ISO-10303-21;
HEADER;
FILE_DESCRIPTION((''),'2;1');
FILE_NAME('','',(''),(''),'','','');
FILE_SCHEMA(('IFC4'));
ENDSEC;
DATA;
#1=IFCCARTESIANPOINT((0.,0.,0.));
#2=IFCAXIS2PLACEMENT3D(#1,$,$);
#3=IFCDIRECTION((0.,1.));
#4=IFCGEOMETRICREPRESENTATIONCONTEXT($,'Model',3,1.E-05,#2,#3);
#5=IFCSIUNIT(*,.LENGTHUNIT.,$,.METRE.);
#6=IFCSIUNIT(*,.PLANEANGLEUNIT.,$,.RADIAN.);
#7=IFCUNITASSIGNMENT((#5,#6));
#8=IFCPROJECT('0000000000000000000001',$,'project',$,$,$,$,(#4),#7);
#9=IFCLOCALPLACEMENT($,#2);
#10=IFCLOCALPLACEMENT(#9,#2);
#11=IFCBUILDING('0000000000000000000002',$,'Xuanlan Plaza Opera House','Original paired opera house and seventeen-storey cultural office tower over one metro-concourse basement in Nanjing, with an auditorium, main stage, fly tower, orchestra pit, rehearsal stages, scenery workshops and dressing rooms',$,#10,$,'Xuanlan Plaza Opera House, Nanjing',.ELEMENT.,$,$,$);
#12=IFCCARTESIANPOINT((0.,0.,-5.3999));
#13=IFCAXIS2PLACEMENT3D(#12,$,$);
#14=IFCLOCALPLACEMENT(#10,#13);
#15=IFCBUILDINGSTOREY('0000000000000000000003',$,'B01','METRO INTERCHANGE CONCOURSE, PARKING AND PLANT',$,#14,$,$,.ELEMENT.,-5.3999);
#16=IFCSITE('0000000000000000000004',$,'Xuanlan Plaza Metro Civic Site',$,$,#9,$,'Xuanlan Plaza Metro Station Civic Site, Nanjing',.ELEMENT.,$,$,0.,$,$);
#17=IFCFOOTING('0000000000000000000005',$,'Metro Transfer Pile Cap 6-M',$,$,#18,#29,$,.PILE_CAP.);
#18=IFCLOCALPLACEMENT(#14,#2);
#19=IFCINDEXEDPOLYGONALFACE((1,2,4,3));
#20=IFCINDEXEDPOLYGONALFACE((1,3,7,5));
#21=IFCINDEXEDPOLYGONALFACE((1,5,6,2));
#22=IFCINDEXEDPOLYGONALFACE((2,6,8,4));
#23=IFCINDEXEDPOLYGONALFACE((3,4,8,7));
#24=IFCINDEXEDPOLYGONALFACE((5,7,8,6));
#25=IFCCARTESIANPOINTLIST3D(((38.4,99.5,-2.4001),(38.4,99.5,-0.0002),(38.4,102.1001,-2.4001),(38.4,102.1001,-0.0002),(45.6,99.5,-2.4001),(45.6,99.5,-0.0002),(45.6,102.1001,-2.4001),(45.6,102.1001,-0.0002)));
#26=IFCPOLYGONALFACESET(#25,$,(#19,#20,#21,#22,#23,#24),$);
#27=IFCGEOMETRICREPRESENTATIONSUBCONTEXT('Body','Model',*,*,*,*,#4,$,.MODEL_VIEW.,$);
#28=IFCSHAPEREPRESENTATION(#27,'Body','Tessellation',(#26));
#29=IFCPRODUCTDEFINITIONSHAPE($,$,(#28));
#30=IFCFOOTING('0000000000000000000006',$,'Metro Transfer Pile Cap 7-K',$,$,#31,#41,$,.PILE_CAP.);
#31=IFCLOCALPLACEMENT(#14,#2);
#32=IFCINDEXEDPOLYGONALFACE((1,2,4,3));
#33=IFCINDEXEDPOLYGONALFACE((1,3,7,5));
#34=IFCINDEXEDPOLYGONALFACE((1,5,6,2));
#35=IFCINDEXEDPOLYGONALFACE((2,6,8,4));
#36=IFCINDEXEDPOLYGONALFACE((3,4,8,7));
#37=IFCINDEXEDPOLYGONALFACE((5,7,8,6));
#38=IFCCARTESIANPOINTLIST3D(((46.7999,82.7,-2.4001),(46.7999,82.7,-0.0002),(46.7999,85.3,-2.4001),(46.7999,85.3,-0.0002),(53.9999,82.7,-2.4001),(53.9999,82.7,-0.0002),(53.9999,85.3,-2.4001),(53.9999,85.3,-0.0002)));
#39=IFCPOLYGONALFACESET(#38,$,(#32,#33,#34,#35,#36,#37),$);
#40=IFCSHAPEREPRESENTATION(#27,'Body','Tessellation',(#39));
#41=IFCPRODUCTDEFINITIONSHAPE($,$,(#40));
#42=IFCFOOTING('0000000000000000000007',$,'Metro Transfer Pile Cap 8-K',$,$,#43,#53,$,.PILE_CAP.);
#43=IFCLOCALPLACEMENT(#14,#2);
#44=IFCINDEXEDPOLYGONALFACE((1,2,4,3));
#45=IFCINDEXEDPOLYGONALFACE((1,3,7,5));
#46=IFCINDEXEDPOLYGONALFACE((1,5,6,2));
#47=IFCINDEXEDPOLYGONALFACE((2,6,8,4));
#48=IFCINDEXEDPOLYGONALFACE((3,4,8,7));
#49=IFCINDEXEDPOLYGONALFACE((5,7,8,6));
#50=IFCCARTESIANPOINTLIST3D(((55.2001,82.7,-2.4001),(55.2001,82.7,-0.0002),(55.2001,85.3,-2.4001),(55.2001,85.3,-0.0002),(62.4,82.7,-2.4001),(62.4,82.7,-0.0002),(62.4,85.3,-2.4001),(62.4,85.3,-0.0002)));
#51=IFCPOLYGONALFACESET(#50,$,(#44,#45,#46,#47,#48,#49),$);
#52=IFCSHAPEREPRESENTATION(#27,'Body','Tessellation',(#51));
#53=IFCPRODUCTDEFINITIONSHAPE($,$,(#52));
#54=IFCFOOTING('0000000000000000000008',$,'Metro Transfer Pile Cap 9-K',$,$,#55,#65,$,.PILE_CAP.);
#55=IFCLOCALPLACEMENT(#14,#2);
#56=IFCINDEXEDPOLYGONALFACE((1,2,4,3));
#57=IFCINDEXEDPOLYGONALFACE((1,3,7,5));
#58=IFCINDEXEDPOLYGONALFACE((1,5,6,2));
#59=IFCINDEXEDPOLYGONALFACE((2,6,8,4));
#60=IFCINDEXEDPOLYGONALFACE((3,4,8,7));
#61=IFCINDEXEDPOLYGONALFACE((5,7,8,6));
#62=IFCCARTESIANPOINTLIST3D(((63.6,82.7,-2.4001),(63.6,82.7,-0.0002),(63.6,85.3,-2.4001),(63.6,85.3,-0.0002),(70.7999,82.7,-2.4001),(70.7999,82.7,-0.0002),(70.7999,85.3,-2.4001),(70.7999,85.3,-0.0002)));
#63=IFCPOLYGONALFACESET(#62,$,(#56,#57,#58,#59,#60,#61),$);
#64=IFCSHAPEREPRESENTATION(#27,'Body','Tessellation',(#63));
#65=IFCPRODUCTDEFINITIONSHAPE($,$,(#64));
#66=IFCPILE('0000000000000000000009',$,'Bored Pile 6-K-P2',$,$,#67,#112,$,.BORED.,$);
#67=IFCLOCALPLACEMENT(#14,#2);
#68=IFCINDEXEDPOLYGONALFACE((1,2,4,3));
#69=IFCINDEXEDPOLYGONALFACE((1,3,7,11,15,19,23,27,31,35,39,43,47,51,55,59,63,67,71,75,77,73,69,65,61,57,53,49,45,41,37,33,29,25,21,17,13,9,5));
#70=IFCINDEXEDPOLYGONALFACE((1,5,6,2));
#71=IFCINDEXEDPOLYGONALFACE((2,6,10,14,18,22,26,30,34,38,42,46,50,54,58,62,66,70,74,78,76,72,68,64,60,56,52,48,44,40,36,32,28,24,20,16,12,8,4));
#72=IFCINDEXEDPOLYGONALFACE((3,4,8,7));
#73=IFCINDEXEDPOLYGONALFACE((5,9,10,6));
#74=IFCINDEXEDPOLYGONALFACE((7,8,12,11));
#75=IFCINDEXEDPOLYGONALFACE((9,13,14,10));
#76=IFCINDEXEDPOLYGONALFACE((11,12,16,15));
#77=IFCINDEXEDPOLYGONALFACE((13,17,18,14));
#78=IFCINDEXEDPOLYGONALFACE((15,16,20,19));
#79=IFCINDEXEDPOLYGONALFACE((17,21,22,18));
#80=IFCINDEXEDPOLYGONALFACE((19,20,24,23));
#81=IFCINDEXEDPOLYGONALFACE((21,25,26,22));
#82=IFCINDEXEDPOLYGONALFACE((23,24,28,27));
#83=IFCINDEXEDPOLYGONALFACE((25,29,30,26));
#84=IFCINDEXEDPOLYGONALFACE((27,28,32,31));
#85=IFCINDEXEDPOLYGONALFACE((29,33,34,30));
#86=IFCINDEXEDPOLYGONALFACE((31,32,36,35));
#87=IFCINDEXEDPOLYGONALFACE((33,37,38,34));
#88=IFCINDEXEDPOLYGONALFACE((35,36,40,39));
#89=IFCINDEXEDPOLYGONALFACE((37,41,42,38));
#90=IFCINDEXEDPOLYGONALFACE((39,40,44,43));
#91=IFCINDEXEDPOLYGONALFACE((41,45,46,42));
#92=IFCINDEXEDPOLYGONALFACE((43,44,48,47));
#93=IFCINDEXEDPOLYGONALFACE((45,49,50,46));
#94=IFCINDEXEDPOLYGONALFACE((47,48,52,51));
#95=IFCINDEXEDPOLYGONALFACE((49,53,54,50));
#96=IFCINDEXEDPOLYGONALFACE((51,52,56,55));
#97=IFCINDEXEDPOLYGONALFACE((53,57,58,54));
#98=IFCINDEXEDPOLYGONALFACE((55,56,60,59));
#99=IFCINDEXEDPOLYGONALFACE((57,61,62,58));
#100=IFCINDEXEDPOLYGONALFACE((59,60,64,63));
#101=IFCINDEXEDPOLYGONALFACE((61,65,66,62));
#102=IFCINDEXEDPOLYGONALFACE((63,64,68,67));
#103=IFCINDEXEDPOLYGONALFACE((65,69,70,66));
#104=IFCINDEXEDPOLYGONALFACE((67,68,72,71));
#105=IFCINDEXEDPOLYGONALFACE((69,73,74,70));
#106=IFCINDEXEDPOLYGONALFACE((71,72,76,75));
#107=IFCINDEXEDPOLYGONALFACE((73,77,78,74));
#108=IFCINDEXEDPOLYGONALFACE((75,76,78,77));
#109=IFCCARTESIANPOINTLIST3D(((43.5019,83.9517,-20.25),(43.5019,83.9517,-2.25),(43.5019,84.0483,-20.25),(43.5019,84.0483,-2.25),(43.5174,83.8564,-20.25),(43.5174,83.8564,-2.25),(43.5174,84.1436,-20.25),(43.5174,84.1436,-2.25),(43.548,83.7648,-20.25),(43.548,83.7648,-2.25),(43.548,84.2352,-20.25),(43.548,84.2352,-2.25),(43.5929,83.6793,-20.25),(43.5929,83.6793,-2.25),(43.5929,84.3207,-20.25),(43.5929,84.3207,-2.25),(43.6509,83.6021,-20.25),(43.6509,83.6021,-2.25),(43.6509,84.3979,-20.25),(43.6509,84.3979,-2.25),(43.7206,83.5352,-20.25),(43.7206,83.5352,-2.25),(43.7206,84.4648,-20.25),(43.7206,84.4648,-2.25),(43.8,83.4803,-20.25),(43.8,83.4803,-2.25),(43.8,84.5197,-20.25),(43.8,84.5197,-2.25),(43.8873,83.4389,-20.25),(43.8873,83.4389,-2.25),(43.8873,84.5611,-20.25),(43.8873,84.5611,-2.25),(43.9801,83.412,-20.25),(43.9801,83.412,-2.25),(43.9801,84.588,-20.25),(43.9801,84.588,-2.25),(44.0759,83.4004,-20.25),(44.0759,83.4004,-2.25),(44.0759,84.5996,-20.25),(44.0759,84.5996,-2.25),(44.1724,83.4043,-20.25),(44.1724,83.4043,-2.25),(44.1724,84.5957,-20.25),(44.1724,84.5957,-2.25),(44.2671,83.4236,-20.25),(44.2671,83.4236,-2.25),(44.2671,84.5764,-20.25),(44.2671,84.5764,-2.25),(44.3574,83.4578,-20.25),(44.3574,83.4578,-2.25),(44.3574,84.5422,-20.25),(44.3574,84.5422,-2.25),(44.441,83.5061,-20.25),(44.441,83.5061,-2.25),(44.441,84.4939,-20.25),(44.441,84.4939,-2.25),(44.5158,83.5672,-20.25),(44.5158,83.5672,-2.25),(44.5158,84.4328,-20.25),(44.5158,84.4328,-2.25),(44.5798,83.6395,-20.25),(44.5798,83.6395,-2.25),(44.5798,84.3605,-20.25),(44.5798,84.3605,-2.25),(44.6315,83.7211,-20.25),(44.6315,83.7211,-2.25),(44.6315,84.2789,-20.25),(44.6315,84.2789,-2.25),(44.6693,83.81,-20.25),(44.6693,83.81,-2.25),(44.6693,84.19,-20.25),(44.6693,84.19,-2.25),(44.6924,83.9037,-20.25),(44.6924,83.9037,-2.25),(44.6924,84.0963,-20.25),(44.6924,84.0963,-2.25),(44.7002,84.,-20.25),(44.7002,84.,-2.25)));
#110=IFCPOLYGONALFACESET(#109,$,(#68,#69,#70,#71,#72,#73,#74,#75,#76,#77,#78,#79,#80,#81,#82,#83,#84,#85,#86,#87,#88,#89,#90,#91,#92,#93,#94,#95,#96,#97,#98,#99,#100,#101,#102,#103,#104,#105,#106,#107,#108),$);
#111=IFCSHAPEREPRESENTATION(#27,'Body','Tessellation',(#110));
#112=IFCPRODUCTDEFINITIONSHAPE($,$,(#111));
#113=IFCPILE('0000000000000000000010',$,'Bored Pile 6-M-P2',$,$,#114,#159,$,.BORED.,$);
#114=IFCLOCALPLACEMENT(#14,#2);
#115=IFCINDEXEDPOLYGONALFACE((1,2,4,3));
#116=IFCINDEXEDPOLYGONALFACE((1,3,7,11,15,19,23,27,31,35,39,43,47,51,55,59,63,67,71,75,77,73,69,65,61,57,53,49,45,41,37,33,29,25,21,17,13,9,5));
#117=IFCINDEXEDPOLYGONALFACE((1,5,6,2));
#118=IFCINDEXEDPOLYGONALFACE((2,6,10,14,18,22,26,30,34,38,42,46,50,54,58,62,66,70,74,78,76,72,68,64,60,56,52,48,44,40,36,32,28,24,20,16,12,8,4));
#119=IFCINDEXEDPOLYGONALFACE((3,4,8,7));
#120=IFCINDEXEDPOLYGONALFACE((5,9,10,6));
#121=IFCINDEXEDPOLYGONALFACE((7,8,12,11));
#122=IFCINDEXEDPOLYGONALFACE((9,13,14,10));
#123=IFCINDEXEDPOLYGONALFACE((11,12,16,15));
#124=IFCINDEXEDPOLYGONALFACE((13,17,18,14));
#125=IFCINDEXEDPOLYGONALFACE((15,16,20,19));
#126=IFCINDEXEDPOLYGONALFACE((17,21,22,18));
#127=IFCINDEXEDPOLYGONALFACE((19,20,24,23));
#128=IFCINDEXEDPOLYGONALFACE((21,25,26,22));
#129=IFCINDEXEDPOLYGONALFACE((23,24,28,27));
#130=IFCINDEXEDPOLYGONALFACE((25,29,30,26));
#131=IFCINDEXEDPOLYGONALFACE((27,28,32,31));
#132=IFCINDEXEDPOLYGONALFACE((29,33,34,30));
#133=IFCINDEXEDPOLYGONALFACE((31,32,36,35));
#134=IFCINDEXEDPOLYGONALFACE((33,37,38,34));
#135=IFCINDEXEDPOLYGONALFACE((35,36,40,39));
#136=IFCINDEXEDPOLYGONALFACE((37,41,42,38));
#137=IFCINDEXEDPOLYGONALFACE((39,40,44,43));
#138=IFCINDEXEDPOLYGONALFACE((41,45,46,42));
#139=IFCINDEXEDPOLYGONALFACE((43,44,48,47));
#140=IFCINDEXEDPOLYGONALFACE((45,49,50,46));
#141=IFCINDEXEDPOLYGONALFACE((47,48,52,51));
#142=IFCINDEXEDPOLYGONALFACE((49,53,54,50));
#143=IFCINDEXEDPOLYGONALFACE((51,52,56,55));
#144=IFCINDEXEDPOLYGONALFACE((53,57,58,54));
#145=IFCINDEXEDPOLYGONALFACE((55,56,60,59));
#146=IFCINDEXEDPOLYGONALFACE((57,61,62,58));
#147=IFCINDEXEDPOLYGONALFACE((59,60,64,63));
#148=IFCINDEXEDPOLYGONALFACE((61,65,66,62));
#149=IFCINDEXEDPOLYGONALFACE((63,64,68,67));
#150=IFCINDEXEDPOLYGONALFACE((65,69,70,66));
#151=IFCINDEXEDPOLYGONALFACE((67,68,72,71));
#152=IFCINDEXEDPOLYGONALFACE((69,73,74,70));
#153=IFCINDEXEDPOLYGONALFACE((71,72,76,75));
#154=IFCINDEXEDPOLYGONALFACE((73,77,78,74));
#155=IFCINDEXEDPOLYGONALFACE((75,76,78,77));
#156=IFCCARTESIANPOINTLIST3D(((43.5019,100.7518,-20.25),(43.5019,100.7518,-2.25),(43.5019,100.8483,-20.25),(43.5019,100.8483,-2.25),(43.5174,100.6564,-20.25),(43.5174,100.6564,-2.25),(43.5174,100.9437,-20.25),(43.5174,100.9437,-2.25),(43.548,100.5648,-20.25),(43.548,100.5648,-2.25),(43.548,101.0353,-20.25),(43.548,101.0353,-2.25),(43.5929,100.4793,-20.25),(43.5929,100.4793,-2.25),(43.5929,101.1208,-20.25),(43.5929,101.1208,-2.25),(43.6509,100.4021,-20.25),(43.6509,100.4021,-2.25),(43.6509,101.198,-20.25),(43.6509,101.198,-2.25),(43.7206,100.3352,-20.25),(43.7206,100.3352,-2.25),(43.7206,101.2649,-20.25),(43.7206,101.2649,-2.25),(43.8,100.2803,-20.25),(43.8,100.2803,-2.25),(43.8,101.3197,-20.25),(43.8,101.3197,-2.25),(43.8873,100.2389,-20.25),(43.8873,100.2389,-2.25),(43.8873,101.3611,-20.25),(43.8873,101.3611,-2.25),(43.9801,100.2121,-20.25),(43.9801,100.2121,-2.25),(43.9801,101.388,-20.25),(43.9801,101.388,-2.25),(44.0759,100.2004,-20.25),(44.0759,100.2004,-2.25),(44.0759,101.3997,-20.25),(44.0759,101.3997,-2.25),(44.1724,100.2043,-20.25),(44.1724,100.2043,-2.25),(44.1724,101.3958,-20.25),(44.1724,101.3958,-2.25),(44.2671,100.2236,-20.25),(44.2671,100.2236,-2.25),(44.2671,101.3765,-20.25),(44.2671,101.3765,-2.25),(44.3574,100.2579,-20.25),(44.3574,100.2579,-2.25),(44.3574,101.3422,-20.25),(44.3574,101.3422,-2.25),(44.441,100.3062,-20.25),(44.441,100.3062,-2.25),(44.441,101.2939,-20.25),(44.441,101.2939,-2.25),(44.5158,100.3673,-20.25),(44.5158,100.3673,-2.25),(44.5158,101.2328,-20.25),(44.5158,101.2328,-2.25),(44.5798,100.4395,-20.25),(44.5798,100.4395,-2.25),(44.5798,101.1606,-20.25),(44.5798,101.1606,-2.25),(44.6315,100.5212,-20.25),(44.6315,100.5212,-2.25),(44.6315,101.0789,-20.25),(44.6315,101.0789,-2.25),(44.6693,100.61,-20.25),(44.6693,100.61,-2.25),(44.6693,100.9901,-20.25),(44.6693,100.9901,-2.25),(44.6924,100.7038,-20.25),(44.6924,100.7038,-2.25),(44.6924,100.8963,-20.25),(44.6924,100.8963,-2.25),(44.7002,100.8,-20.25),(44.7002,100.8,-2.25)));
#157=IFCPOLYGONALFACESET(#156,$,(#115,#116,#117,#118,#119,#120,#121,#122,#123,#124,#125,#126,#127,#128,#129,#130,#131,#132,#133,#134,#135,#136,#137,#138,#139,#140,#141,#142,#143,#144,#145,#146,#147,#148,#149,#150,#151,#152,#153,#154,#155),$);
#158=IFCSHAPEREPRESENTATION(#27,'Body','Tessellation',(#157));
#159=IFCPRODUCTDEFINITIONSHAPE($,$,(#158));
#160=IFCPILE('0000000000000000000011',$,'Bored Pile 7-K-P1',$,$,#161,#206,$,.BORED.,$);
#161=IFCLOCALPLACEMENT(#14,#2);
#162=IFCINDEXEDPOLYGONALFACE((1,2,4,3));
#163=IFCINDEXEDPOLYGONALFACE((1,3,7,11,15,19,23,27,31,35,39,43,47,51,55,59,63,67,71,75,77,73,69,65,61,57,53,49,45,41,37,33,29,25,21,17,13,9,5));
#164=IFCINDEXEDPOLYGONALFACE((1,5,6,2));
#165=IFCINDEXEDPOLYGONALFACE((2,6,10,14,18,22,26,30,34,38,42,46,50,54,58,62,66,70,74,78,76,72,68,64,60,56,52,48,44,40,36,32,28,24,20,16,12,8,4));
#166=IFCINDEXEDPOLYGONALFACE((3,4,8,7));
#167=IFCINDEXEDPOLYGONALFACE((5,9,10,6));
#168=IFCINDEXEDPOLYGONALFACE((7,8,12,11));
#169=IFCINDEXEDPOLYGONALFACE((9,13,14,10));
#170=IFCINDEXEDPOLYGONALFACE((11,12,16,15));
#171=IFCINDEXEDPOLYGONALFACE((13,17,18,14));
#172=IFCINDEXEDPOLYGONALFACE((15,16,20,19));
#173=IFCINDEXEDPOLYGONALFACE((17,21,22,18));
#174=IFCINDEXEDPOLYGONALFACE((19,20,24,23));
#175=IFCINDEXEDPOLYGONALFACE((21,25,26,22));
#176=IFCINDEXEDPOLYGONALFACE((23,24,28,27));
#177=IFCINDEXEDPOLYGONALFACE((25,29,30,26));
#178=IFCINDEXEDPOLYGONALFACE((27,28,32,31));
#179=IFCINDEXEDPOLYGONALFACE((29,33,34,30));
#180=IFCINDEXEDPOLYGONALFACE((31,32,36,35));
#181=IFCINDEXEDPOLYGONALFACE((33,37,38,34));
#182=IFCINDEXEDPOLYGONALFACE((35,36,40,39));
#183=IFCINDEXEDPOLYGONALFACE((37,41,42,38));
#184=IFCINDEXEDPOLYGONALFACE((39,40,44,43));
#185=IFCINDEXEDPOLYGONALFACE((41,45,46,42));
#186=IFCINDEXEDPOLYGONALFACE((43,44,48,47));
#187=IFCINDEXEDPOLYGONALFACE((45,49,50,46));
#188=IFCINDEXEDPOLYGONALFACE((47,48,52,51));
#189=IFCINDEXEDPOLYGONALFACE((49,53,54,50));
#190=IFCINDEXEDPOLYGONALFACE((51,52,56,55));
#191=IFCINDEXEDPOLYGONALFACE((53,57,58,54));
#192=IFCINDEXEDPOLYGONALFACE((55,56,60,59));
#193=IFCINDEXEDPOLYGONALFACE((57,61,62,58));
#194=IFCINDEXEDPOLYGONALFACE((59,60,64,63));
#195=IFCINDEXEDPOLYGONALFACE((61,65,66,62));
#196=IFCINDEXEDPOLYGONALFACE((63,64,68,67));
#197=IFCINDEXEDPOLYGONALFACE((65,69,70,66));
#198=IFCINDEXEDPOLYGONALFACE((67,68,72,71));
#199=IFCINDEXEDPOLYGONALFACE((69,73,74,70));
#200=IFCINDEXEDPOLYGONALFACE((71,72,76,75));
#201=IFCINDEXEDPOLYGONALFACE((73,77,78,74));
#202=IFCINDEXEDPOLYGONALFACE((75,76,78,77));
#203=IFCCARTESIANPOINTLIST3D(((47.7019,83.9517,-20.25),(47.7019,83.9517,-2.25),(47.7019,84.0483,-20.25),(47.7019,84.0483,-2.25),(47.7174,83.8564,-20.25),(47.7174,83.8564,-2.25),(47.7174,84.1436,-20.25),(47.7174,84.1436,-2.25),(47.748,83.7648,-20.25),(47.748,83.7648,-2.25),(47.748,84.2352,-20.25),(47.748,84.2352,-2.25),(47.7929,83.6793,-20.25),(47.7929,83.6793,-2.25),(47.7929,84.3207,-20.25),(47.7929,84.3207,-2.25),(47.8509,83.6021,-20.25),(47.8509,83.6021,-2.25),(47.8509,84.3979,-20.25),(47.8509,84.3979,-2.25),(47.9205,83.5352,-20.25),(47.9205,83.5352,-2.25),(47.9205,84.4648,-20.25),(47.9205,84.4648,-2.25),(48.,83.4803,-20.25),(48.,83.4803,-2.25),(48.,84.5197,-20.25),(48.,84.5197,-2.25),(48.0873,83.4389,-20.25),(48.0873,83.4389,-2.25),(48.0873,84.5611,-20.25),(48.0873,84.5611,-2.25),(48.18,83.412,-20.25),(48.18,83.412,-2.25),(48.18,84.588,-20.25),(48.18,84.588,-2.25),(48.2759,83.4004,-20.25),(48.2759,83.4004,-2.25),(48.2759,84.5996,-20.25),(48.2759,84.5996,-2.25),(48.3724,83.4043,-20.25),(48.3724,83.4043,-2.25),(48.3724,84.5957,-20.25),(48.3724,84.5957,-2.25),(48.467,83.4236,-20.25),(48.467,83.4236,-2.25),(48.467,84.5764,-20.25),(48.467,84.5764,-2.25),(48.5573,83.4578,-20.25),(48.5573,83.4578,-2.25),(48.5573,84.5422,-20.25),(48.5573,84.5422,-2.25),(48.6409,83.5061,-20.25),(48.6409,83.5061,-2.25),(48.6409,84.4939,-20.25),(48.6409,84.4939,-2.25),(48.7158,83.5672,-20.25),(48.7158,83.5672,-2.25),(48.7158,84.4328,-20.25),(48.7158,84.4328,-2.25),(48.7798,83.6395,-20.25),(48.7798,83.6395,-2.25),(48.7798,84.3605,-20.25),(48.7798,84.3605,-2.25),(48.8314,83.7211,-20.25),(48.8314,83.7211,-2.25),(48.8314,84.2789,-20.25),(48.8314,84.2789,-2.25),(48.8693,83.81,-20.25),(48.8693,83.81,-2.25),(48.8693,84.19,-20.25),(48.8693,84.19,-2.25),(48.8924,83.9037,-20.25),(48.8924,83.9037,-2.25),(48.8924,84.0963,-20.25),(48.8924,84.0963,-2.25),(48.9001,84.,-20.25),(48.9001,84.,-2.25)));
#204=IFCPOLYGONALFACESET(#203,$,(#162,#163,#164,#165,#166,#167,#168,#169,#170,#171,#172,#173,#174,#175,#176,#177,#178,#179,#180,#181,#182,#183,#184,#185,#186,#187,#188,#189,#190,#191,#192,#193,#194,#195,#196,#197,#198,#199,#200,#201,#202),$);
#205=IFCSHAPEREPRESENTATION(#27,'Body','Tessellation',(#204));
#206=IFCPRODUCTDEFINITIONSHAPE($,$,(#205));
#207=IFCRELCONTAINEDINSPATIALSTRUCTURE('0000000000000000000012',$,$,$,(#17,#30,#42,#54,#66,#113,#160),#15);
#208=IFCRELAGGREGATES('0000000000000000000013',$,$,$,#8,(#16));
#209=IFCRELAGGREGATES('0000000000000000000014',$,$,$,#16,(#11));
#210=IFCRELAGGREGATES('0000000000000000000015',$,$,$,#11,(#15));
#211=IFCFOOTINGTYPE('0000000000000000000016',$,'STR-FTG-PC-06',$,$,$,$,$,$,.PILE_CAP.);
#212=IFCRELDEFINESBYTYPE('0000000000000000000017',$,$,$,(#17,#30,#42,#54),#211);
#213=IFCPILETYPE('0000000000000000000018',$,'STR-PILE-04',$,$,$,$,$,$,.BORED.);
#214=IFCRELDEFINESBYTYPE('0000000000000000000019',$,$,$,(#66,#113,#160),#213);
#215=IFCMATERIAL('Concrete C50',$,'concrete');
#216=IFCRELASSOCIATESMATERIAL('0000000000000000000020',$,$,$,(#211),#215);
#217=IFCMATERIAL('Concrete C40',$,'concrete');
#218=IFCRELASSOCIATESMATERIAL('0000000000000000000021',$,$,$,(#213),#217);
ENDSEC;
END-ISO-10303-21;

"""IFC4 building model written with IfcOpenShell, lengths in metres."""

from ifc_helpers import new_model, si_unit, direction, frame, origin, origin_2d, place, context, subcontext, project, spatial, rectangle, circle, extrude, material, material_profile, profile_set, type_object, element, save


model = new_model("IFC4")

# Units and contexts
model_context = context("Model", 3, precision=1e-05, world=origin(), true_north=direction((0.0, 1.0)))
body_context = subcontext(model_context, "Body", "Model", "MODEL_VIEW")
ifc_project = project(units=[si_unit("LENGTHUNIT", "METRE"), si_unit("PLANEANGLEUNIT", "RADIAN")], contexts=[model_context])

# Site, building, storey
site_placement = place(None, origin())
site = spatial("IfcSite", under=ifc_project, at=site_placement, Name="Xuanlan Plaza Metro Civic Site", LongName="Xuanlan Plaza Metro Station Civic Site, Nanjing", CompositionType="ELEMENT", RefElevation=0.0)
building_placement = place(site_placement, origin())
building = spatial("IfcBuilding", under=site, at=building_placement, Name="Xuanlan Plaza Opera House", Description="Original paired opera house and seventeen-storey cultural office tower over one metro-concourse basement in Nanjing, with an auditorium, main stage, fly tower, orchestra pit, rehearsal stages, scenery workshops and dressing rooms", LongName="Xuanlan Plaza Opera House, Nanjing", CompositionType="ELEMENT")
storey_placement = place(building_placement, frame((0.0, 0.0, -5.3999)))
storey = spatial("IfcBuildingStorey", under=building, at=storey_placement, Name="B01", Description="METRO INTERCHANGE CONCOURSE, PARKING AND PLANT", CompositionType="ELEMENT", Elevation=-5.3999)

# Footings
ifc_material_1 = material(Name="Concrete C50", Category="concrete")
footing_type = type_object("IfcFootingType", Name="STR-FTG-PC-06", PredefinedType="PILE_CAP", material=ifc_material_1)
for number, where, z_axis, x_axis, name in (
    (1, (42.0, 100.8, -2.4001), (0.0, 0.0, 1.0), (1.0, 0.0, 0.0), "Metro Transfer Pile Cap 6-M"),
    (2, (50.3999, 84.0, -2.4001), (0.0, 0.0, 1.0), (1.0, 0.0, 0.0), "Metro Transfer Pile Cap 7-K"),
    (3, (58.8, 84.0, -2.4001), (0.0, 0.0, 1.0), (1.0, 0.0, 0.0), "Metro Transfer Pile Cap 8-K"),
    (4, (67.2, 84.0, -2.4001), (0.0, 0.0, 1.0), (1.0, 0.0, 0.0), "Metro Transfer Pile Cap 9-K"),
):
    element("IfcFooting", number, at=place(storey_placement, frame(where, z_axis=z_axis, x_axis=x_axis)), inside=storey, type_object=footing_type, Name=name, PredefinedType="PILE_CAP", context=body_context, shape_type="SweptSolid", body=[
        extrude(rectangle(XDim=7.2, YDim=2.6001, at=origin_2d()), origin(), (0.0, 0.0, 1.0), 2.3999),
    ])

# Piles
ifc_material_2 = material(Name="Concrete C40", Category="concrete")
ifc_material_profile_1 = material_profile(ifc_material_2, circle(Radius=0.6001, at=origin_2d()), Name="PILE D1200")
ifc_profile_set_1 = profile_set([ifc_material_profile_1], Name="Concrete C40")
pile_type = type_object("IfcPileType", Name="STR-PILE-04", PredefinedType="BORED", material=ifc_profile_set_1)
for number, where, z_axis, x_axis, name in (
    (5, (44.1001, 84.0, -2.25), (0.0, 0.0, -1.0), (1.0, 0.0, 0.0), "Bored Pile 6-K-P2"),
    (6, (44.1001, 100.8, -2.25), (0.0, 0.0, -1.0), (1.0, 0.0, 0.0), "Bored Pile 6-M-P2"),
    (7, (48.3, 84.0, -2.25), (0.0, 0.0, -1.0), (1.0, 0.0, 0.0), "Bored Pile 7-K-P1"),
):
    element("IfcPile", number, at=place(storey_placement, frame(where, z_axis=z_axis, x_axis=x_axis)), inside=storey, type_object=pile_type, Name=name, PredefinedType="BORED", context=body_context, shape_type="SweptSolid", body=[
        extrude(circle(Radius=0.6001, at=origin_2d()), origin(), (0.0, 0.0, 1.0), 18.0),
    ])

save(model, "model.ifc")
